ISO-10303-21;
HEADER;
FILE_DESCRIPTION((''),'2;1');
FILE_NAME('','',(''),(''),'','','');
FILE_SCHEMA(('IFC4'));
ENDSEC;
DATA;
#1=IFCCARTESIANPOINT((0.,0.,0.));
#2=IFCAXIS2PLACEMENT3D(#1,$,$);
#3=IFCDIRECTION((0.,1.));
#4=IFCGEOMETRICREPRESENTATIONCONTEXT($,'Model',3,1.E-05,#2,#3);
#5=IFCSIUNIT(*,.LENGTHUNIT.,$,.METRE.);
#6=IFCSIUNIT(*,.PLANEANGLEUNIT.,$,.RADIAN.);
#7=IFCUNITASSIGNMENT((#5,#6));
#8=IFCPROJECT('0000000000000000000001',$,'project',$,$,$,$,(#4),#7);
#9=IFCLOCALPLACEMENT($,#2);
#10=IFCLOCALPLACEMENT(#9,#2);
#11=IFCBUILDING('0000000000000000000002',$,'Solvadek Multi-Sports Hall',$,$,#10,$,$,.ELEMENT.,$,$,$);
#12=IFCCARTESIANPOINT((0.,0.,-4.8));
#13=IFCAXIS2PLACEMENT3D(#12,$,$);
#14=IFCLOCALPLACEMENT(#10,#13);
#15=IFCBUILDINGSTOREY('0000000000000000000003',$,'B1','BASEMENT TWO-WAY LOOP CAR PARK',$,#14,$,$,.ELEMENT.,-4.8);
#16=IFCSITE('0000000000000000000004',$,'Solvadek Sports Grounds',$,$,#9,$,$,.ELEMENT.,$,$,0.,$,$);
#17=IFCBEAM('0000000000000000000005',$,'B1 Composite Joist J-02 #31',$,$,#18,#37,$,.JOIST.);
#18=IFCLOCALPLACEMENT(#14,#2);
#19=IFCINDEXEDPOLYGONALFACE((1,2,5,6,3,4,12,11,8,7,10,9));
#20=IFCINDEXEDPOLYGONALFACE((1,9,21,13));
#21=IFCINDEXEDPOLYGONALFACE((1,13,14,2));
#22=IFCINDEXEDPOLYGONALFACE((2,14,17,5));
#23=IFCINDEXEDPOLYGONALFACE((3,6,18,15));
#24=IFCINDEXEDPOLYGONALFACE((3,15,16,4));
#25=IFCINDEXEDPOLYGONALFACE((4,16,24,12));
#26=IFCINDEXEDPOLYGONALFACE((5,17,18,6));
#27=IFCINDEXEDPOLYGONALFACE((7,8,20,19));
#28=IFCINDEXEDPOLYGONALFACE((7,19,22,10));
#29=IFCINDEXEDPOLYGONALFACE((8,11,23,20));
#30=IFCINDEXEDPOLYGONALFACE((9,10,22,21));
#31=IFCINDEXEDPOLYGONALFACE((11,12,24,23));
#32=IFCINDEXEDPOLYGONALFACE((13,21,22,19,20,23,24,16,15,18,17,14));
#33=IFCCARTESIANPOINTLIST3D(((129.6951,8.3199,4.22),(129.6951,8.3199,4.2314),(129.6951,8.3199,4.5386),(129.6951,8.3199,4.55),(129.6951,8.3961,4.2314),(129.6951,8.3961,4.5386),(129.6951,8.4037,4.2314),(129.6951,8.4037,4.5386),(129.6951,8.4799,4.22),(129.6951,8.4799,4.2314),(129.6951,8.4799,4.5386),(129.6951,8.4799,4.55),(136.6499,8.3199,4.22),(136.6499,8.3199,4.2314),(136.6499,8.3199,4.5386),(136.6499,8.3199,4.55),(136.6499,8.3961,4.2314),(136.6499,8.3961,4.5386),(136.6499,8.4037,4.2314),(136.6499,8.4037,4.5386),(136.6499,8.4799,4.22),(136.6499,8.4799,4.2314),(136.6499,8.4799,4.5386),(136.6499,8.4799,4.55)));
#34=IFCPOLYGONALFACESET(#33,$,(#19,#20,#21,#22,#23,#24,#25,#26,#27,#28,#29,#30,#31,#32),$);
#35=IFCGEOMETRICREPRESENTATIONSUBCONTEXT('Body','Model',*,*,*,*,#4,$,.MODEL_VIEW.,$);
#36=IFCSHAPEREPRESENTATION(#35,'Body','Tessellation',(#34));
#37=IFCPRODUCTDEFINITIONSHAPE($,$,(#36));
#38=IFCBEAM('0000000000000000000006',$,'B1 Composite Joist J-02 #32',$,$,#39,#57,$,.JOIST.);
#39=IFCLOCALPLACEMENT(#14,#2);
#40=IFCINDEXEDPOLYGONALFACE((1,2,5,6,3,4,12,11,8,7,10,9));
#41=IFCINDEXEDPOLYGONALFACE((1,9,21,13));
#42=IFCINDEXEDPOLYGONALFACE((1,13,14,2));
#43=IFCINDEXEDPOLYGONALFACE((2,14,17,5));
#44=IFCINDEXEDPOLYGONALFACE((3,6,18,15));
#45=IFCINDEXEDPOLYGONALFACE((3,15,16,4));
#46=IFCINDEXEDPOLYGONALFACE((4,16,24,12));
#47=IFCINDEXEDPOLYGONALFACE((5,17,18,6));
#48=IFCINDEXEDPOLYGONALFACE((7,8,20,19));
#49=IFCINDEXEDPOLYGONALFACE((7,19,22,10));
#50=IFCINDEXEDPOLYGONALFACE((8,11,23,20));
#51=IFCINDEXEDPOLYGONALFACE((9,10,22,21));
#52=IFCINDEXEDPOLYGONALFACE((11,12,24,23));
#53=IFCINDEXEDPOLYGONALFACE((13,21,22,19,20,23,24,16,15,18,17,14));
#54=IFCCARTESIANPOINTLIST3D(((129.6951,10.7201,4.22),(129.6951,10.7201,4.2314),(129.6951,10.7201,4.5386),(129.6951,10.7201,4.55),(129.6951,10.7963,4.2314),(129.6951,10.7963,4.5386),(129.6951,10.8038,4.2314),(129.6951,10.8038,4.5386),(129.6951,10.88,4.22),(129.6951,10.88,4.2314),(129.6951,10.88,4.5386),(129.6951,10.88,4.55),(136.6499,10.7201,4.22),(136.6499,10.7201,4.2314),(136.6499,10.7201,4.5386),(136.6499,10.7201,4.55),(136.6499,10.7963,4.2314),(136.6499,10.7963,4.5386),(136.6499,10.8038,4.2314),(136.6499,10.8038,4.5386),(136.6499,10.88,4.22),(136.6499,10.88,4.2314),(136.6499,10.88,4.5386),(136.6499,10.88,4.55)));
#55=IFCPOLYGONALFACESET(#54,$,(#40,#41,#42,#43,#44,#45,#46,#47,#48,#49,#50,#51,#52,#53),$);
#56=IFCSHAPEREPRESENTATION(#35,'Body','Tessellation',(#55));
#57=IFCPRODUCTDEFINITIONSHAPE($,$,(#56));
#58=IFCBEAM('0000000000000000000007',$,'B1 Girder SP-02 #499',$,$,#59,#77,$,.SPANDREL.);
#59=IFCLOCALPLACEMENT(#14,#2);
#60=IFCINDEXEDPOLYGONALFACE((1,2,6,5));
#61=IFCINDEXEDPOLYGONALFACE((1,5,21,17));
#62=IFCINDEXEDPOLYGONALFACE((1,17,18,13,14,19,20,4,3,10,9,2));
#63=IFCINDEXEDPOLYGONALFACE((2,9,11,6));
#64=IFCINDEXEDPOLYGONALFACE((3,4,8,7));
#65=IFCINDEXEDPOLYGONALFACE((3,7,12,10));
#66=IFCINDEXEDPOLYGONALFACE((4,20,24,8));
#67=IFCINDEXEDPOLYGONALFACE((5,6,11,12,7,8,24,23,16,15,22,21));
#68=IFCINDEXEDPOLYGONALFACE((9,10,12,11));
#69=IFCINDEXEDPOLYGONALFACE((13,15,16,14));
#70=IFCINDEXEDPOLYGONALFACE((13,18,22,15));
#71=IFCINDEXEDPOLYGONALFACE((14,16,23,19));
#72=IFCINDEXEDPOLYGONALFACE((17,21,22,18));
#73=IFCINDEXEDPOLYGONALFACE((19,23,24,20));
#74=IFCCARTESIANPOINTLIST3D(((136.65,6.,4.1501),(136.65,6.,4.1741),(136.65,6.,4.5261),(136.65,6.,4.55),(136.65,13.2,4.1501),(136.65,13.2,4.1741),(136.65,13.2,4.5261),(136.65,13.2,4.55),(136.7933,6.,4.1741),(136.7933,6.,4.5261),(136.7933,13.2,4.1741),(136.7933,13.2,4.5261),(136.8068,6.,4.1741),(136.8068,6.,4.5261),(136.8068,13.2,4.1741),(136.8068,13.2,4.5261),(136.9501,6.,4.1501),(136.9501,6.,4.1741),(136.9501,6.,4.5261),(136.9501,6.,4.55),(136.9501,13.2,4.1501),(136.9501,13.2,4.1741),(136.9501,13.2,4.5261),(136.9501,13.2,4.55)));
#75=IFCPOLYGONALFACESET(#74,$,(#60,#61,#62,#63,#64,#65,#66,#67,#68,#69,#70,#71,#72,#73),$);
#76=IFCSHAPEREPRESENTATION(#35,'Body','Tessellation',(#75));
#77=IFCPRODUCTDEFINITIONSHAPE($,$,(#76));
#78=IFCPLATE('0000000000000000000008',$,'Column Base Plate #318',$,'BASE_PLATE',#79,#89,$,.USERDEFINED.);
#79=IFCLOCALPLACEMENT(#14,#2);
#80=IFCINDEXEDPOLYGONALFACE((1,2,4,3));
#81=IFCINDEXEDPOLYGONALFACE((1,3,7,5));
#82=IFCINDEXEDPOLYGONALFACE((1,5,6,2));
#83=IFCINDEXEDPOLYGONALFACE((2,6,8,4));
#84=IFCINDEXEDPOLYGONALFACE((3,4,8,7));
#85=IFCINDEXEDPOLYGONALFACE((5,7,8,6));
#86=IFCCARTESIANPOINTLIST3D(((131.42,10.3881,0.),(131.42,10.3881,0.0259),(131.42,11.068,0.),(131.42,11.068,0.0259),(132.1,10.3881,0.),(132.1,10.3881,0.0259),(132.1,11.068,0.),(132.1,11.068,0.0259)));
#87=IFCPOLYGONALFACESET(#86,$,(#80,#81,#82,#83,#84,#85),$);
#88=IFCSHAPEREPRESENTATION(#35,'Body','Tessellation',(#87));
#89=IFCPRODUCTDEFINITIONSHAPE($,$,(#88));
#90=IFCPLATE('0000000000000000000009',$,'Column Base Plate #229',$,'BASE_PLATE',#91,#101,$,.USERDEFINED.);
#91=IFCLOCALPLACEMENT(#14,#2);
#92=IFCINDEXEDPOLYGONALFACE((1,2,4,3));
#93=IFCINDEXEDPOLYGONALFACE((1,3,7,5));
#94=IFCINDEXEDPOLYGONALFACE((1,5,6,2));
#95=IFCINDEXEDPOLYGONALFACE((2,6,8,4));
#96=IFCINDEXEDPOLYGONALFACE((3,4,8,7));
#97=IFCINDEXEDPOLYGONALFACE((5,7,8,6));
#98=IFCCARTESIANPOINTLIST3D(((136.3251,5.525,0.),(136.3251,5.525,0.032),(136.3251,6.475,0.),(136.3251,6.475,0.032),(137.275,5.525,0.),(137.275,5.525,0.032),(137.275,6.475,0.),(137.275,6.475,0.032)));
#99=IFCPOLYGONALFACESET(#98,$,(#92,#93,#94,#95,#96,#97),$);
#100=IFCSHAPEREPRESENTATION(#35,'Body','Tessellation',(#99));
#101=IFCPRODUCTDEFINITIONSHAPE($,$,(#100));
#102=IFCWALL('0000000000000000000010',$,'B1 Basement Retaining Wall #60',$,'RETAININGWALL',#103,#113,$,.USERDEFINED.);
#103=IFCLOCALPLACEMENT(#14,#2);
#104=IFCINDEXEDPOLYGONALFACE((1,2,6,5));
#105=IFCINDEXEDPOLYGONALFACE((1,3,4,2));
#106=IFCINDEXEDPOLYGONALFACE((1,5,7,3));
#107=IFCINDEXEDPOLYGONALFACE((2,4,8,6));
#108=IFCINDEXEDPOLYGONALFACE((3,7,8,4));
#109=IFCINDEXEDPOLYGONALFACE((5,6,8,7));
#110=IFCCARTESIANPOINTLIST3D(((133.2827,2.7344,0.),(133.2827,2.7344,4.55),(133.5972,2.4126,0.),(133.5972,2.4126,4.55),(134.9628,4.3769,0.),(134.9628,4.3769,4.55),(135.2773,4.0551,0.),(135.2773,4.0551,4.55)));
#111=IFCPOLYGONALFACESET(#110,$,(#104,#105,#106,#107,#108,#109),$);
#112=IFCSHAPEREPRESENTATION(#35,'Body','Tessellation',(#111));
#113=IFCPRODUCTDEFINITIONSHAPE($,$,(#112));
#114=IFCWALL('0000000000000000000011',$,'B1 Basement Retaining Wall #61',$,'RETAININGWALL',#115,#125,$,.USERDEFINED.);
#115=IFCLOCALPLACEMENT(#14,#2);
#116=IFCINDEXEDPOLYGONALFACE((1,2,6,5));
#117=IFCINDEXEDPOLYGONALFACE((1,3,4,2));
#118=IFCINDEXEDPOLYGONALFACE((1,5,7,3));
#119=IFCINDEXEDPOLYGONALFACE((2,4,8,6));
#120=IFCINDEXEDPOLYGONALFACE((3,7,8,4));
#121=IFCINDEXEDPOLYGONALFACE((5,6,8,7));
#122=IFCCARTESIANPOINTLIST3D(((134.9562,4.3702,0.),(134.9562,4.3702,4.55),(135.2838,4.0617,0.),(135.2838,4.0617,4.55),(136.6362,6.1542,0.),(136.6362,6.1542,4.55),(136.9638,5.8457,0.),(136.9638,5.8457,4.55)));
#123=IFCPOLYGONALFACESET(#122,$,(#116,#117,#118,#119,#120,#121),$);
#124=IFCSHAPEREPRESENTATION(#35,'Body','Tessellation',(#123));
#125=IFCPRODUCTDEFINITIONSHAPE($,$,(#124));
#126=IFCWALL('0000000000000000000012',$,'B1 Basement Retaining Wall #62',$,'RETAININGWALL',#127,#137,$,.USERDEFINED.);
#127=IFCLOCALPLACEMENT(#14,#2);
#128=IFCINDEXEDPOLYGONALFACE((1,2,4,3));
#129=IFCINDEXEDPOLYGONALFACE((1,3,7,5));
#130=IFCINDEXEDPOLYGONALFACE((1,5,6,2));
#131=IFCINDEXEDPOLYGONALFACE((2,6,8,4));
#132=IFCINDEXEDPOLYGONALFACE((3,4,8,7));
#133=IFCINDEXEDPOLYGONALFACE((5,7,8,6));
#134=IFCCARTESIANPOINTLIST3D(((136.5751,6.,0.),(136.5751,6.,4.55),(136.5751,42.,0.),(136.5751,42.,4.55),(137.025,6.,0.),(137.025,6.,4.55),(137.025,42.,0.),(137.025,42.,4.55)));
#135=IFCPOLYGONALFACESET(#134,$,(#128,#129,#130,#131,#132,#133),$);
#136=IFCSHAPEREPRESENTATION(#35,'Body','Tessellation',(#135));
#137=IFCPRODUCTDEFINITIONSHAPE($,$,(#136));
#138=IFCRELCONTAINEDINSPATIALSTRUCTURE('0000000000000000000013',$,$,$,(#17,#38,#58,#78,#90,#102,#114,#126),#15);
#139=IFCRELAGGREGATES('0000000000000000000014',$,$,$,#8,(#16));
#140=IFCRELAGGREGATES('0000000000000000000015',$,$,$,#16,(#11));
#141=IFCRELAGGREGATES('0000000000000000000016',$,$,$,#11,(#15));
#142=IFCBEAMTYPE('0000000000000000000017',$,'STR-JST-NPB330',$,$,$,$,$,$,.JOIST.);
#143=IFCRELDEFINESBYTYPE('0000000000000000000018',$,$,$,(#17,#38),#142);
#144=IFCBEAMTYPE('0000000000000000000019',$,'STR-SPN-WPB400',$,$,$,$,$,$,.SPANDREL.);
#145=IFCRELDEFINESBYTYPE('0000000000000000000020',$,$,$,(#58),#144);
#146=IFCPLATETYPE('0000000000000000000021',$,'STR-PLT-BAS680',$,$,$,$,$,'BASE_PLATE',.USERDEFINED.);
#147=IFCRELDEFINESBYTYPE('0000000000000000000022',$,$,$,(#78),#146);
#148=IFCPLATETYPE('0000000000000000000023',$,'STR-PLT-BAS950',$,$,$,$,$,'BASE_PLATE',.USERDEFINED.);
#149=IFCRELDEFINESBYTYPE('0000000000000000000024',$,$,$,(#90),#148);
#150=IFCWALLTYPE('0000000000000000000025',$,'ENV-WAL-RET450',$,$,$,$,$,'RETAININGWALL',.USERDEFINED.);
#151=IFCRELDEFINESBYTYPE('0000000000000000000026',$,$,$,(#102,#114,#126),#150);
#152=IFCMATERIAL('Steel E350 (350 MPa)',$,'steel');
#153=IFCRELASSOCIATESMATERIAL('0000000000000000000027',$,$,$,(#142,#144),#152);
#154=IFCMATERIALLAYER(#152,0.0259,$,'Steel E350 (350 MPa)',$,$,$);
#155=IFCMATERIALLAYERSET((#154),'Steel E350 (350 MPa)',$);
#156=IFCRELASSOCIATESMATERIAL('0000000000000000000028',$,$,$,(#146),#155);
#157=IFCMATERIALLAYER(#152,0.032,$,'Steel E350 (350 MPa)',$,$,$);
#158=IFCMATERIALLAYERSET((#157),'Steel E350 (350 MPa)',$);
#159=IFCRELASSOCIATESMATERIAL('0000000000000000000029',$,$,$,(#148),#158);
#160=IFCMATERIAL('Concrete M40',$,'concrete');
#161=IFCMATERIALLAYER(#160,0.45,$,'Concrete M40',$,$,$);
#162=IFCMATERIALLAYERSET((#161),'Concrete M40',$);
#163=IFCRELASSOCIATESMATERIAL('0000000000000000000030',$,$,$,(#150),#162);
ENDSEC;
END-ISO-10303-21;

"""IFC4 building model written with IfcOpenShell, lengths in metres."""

from ifc_helpers import new_model, si_unit, direction, frame, frame_2d, origin, origin_2d, place, context, subcontext, project, spatial, rectangle, i_section, extrude, material, layer, layer_set, material_profile, profile_set, type_object, element, save


model = new_model("IFC4")

# Units and contexts
model_context = context("Model", 3, precision=1e-05, world=origin(), true_north=direction((0.0, 1.0)))
body_context = subcontext(model_context, "Body", "Model", "MODEL_VIEW")
ifc_project = project(units=[si_unit("LENGTHUNIT", "METRE"), si_unit("PLANEANGLEUNIT", "RADIAN")], contexts=[model_context])

# Site, building, storey
site_placement = place(None, origin())
site = spatial("IfcSite", under=ifc_project, at=site_placement, Name="Solvadek Sports Grounds", CompositionType="ELEMENT", RefElevation=0.0)
building_placement = place(site_placement, origin())
building = spatial("IfcBuilding", under=site, at=building_placement, Name="Solvadek Multi-Sports Hall", CompositionType="ELEMENT")
storey_placement = place(building_placement, frame((0.0, 0.0, -4.8)))
storey = spatial("IfcBuildingStorey", under=building, at=storey_placement, Name="B1", Description="BASEMENT TWO-WAY LOOP CAR PARK", CompositionType="ELEMENT", Elevation=-4.8)

# Shared definitions
ifc_material_1 = material(Name="Concrete M40", Category="concrete")

# Shared definitions
ifc_material_2 = material(Name="Steel E350 (350 MPa)", Category="steel")

# Beams
ifc_material_profile_1 = material_profile(ifc_material_2, i_section(OverallWidth=0.1599, OverallDepth=0.3301, WebThickness=0.0076, FlangeThickness=0.0115, at=origin_2d()), Name="NPB 330")
ifc_profile_set_1 = profile_set([ifc_material_profile_1], Name="Steel E350 (350 MPa)")
beam_type_1 = type_object("IfcBeamType", Name="STR-JST-NPB330", PredefinedType="JOIST", material=ifc_profile_set_1)
for number, where, z_axis, x_axis, name in (
    (1, (129.6951, 8.3999, 4.385), (1.0, 0.0, 0.0), (0.0, 1.0, 0.0), "B1 Composite Joist J-02 #31"),
    (2, (129.6951, 10.8, 4.385), (1.0, 0.0, 0.0), (0.0, 1.0, 0.0), "B1 Composite Joist J-02 #32"),
):
    element("IfcBeam", number, at=place(storey_placement, frame(where, z_axis=z_axis, x_axis=x_axis)), inside=storey, type_object=beam_type_1, Name=name, PredefinedType="JOIST", context=body_context, shape_type="SweptSolid", body=[
        extrude(i_section(OverallWidth=0.1599, OverallDepth=0.3301, WebThickness=0.0076, FlangeThickness=0.0115, at=origin_2d()), origin(), (0.0, 0.0, 1.0), 6.9548),
    ])
ifc_material_profile_2 = material_profile(ifc_material_2, i_section(OverallWidth=0.3, OverallDepth=0.3999, WebThickness=0.0134, FlangeThickness=0.0239, at=origin_2d()), Name="WPB 400")
ifc_profile_set_2 = profile_set([ifc_material_profile_2], Name="Steel E350 (350 MPa)")
beam_type_2 = type_object("IfcBeamType", Name="STR-SPN-WPB400", PredefinedType="SPANDREL", material=ifc_profile_set_2)
beam_placement = place(storey_placement, frame((136.8, 6.0, 4.3501), z_axis=(0.0, 1.0, 0.0), x_axis=(-1.0, 0.0, 0.0)))
element("IfcBeam", 3, at=beam_placement, inside=storey, type_object=beam_type_2, Name="B1 Girder SP-02 #499", PredefinedType="SPANDREL", context=body_context, shape_type="SweptSolid", body=[
    extrude(i_section(OverallWidth=0.3, OverallDepth=0.3999, WebThickness=0.0134, FlangeThickness=0.0239, at=origin_2d()), origin(), (0.0, 0.0, 1.0), 7.2),
])

# Plates
ifc_layer_1 = layer(ifc_material_2, 0.0259, Name="Steel E350 (350 MPa)")
ifc_layer_set_1 = layer_set([ifc_layer_1], Name="Steel E350 (350 MPa)")
plate_type_1 = type_object("IfcPlateType", Name="STR-PLT-BAS680", ElementType="BASE_PLATE", PredefinedType="USERDEFINED", material=ifc_layer_set_1)
plate_1_placement = place(storey_placement, frame((131.76, 10.728, 0.0), z_axis=(0.0, 0.0, 1.0), x_axis=(1.0, 0.0, 0.0)))
element("IfcPlate", 4, at=plate_1_placement, inside=storey, type_object=plate_type_1, Name="Column Base Plate #318", ObjectType="BASE_PLATE", PredefinedType="USERDEFINED", context=body_context, shape_type="SweptSolid", body=[
    extrude(rectangle(XDim=0.6799, YDim=0.6799, at=origin_2d()), origin(), (0.0, 0.0, 1.0), 0.0259),
])
ifc_layer_2 = layer(ifc_material_2, 0.032, Name="Steel E350 (350 MPa)")
ifc_layer_set_2 = layer_set([ifc_layer_2], Name="Steel E350 (350 MPa)")
plate_type_2 = type_object("IfcPlateType", Name="STR-PLT-BAS950", ElementType="BASE_PLATE", PredefinedType="USERDEFINED", material=ifc_layer_set_2)
plate_2_placement = place(storey_placement, frame((136.8, 6.0, 0.0), z_axis=(0.0, 0.0, 1.0), x_axis=(1.0, 0.0, 0.0)))
element("IfcPlate", 5, at=plate_2_placement, inside=storey, type_object=plate_type_2, Name="Column Base Plate #229", ObjectType="BASE_PLATE", PredefinedType="USERDEFINED", context=body_context, shape_type="SweptSolid", body=[
    extrude(rectangle(XDim=0.95, YDim=0.95, at=origin_2d()), origin(), (0.0, 0.0, 1.0), 0.032),
])

# Walls
ifc_layer_3 = layer(ifc_material_1, 0.45, Name="Concrete M40")
ifc_layer_set_3 = layer_set([ifc_layer_3], Name="Concrete M40")
wall_type = type_object("IfcWallType", Name="ENV-WAL-RET450", ElementType="RETAININGWALL", PredefinedType="USERDEFINED", material=ifc_layer_set_3)
wall_1_placement = place(storey_placement, frame((133.4399, 2.5735, 0.0), z_axis=(0.0, 0.0, 1.0), x_axis=(0.715062, 0.699061, 0.0)))
element("IfcWall", 6, at=wall_1_placement, inside=storey, type_object=wall_type, Name="B1 Basement Retaining Wall #60", ObjectType="RETAININGWALL", PredefinedType="USERDEFINED", context=body_context, shape_type="SweptSolid", body=[
    extrude(rectangle(XDim=2.3496, YDim=0.45, at=frame_2d((1.1748, 0.0))), origin(), (0.0, 0.0, 1.0), 4.55),
])
wall_2_placement = place(storey_placement, frame((135.1201, 4.2161, 0.0), z_axis=(0.0, 0.0, 1.0), x_axis=(0.685567, 0.72801, 0.0)))
element("IfcWall", 7, at=wall_2_placement, inside=storey, type_object=wall_type, Name="B1 Basement Retaining Wall #61", ObjectType="RETAININGWALL", PredefinedType="USERDEFINED", context=body_context, shape_type="SweptSolid", body=[
    extrude(rectangle(XDim=2.4504, YDim=0.45, at=frame_2d((1.2251, 0.0))), origin(), (0.0, 0.0, 1.0), 4.55),
])
wall_3_placement = place(storey_placement, frame((136.8, 6.0, 0.0), z_axis=(0.0, 0.0, 1.0), x_axis=(0.0, 1.0, 0.0)))
element("IfcWall", 8, at=wall_3_placement, inside=storey, type_object=wall_type, Name="B1 Basement Retaining Wall #62", ObjectType="RETAININGWALL", PredefinedType="USERDEFINED", context=body_context, shape_type="SweptSolid", body=[
    extrude(rectangle(XDim=36.0, YDim=0.45, at=frame_2d((18.0, 0.0))), origin(), (0.0, 0.0, 1.0), 4.55),
])

save(model, "model.ifc")
